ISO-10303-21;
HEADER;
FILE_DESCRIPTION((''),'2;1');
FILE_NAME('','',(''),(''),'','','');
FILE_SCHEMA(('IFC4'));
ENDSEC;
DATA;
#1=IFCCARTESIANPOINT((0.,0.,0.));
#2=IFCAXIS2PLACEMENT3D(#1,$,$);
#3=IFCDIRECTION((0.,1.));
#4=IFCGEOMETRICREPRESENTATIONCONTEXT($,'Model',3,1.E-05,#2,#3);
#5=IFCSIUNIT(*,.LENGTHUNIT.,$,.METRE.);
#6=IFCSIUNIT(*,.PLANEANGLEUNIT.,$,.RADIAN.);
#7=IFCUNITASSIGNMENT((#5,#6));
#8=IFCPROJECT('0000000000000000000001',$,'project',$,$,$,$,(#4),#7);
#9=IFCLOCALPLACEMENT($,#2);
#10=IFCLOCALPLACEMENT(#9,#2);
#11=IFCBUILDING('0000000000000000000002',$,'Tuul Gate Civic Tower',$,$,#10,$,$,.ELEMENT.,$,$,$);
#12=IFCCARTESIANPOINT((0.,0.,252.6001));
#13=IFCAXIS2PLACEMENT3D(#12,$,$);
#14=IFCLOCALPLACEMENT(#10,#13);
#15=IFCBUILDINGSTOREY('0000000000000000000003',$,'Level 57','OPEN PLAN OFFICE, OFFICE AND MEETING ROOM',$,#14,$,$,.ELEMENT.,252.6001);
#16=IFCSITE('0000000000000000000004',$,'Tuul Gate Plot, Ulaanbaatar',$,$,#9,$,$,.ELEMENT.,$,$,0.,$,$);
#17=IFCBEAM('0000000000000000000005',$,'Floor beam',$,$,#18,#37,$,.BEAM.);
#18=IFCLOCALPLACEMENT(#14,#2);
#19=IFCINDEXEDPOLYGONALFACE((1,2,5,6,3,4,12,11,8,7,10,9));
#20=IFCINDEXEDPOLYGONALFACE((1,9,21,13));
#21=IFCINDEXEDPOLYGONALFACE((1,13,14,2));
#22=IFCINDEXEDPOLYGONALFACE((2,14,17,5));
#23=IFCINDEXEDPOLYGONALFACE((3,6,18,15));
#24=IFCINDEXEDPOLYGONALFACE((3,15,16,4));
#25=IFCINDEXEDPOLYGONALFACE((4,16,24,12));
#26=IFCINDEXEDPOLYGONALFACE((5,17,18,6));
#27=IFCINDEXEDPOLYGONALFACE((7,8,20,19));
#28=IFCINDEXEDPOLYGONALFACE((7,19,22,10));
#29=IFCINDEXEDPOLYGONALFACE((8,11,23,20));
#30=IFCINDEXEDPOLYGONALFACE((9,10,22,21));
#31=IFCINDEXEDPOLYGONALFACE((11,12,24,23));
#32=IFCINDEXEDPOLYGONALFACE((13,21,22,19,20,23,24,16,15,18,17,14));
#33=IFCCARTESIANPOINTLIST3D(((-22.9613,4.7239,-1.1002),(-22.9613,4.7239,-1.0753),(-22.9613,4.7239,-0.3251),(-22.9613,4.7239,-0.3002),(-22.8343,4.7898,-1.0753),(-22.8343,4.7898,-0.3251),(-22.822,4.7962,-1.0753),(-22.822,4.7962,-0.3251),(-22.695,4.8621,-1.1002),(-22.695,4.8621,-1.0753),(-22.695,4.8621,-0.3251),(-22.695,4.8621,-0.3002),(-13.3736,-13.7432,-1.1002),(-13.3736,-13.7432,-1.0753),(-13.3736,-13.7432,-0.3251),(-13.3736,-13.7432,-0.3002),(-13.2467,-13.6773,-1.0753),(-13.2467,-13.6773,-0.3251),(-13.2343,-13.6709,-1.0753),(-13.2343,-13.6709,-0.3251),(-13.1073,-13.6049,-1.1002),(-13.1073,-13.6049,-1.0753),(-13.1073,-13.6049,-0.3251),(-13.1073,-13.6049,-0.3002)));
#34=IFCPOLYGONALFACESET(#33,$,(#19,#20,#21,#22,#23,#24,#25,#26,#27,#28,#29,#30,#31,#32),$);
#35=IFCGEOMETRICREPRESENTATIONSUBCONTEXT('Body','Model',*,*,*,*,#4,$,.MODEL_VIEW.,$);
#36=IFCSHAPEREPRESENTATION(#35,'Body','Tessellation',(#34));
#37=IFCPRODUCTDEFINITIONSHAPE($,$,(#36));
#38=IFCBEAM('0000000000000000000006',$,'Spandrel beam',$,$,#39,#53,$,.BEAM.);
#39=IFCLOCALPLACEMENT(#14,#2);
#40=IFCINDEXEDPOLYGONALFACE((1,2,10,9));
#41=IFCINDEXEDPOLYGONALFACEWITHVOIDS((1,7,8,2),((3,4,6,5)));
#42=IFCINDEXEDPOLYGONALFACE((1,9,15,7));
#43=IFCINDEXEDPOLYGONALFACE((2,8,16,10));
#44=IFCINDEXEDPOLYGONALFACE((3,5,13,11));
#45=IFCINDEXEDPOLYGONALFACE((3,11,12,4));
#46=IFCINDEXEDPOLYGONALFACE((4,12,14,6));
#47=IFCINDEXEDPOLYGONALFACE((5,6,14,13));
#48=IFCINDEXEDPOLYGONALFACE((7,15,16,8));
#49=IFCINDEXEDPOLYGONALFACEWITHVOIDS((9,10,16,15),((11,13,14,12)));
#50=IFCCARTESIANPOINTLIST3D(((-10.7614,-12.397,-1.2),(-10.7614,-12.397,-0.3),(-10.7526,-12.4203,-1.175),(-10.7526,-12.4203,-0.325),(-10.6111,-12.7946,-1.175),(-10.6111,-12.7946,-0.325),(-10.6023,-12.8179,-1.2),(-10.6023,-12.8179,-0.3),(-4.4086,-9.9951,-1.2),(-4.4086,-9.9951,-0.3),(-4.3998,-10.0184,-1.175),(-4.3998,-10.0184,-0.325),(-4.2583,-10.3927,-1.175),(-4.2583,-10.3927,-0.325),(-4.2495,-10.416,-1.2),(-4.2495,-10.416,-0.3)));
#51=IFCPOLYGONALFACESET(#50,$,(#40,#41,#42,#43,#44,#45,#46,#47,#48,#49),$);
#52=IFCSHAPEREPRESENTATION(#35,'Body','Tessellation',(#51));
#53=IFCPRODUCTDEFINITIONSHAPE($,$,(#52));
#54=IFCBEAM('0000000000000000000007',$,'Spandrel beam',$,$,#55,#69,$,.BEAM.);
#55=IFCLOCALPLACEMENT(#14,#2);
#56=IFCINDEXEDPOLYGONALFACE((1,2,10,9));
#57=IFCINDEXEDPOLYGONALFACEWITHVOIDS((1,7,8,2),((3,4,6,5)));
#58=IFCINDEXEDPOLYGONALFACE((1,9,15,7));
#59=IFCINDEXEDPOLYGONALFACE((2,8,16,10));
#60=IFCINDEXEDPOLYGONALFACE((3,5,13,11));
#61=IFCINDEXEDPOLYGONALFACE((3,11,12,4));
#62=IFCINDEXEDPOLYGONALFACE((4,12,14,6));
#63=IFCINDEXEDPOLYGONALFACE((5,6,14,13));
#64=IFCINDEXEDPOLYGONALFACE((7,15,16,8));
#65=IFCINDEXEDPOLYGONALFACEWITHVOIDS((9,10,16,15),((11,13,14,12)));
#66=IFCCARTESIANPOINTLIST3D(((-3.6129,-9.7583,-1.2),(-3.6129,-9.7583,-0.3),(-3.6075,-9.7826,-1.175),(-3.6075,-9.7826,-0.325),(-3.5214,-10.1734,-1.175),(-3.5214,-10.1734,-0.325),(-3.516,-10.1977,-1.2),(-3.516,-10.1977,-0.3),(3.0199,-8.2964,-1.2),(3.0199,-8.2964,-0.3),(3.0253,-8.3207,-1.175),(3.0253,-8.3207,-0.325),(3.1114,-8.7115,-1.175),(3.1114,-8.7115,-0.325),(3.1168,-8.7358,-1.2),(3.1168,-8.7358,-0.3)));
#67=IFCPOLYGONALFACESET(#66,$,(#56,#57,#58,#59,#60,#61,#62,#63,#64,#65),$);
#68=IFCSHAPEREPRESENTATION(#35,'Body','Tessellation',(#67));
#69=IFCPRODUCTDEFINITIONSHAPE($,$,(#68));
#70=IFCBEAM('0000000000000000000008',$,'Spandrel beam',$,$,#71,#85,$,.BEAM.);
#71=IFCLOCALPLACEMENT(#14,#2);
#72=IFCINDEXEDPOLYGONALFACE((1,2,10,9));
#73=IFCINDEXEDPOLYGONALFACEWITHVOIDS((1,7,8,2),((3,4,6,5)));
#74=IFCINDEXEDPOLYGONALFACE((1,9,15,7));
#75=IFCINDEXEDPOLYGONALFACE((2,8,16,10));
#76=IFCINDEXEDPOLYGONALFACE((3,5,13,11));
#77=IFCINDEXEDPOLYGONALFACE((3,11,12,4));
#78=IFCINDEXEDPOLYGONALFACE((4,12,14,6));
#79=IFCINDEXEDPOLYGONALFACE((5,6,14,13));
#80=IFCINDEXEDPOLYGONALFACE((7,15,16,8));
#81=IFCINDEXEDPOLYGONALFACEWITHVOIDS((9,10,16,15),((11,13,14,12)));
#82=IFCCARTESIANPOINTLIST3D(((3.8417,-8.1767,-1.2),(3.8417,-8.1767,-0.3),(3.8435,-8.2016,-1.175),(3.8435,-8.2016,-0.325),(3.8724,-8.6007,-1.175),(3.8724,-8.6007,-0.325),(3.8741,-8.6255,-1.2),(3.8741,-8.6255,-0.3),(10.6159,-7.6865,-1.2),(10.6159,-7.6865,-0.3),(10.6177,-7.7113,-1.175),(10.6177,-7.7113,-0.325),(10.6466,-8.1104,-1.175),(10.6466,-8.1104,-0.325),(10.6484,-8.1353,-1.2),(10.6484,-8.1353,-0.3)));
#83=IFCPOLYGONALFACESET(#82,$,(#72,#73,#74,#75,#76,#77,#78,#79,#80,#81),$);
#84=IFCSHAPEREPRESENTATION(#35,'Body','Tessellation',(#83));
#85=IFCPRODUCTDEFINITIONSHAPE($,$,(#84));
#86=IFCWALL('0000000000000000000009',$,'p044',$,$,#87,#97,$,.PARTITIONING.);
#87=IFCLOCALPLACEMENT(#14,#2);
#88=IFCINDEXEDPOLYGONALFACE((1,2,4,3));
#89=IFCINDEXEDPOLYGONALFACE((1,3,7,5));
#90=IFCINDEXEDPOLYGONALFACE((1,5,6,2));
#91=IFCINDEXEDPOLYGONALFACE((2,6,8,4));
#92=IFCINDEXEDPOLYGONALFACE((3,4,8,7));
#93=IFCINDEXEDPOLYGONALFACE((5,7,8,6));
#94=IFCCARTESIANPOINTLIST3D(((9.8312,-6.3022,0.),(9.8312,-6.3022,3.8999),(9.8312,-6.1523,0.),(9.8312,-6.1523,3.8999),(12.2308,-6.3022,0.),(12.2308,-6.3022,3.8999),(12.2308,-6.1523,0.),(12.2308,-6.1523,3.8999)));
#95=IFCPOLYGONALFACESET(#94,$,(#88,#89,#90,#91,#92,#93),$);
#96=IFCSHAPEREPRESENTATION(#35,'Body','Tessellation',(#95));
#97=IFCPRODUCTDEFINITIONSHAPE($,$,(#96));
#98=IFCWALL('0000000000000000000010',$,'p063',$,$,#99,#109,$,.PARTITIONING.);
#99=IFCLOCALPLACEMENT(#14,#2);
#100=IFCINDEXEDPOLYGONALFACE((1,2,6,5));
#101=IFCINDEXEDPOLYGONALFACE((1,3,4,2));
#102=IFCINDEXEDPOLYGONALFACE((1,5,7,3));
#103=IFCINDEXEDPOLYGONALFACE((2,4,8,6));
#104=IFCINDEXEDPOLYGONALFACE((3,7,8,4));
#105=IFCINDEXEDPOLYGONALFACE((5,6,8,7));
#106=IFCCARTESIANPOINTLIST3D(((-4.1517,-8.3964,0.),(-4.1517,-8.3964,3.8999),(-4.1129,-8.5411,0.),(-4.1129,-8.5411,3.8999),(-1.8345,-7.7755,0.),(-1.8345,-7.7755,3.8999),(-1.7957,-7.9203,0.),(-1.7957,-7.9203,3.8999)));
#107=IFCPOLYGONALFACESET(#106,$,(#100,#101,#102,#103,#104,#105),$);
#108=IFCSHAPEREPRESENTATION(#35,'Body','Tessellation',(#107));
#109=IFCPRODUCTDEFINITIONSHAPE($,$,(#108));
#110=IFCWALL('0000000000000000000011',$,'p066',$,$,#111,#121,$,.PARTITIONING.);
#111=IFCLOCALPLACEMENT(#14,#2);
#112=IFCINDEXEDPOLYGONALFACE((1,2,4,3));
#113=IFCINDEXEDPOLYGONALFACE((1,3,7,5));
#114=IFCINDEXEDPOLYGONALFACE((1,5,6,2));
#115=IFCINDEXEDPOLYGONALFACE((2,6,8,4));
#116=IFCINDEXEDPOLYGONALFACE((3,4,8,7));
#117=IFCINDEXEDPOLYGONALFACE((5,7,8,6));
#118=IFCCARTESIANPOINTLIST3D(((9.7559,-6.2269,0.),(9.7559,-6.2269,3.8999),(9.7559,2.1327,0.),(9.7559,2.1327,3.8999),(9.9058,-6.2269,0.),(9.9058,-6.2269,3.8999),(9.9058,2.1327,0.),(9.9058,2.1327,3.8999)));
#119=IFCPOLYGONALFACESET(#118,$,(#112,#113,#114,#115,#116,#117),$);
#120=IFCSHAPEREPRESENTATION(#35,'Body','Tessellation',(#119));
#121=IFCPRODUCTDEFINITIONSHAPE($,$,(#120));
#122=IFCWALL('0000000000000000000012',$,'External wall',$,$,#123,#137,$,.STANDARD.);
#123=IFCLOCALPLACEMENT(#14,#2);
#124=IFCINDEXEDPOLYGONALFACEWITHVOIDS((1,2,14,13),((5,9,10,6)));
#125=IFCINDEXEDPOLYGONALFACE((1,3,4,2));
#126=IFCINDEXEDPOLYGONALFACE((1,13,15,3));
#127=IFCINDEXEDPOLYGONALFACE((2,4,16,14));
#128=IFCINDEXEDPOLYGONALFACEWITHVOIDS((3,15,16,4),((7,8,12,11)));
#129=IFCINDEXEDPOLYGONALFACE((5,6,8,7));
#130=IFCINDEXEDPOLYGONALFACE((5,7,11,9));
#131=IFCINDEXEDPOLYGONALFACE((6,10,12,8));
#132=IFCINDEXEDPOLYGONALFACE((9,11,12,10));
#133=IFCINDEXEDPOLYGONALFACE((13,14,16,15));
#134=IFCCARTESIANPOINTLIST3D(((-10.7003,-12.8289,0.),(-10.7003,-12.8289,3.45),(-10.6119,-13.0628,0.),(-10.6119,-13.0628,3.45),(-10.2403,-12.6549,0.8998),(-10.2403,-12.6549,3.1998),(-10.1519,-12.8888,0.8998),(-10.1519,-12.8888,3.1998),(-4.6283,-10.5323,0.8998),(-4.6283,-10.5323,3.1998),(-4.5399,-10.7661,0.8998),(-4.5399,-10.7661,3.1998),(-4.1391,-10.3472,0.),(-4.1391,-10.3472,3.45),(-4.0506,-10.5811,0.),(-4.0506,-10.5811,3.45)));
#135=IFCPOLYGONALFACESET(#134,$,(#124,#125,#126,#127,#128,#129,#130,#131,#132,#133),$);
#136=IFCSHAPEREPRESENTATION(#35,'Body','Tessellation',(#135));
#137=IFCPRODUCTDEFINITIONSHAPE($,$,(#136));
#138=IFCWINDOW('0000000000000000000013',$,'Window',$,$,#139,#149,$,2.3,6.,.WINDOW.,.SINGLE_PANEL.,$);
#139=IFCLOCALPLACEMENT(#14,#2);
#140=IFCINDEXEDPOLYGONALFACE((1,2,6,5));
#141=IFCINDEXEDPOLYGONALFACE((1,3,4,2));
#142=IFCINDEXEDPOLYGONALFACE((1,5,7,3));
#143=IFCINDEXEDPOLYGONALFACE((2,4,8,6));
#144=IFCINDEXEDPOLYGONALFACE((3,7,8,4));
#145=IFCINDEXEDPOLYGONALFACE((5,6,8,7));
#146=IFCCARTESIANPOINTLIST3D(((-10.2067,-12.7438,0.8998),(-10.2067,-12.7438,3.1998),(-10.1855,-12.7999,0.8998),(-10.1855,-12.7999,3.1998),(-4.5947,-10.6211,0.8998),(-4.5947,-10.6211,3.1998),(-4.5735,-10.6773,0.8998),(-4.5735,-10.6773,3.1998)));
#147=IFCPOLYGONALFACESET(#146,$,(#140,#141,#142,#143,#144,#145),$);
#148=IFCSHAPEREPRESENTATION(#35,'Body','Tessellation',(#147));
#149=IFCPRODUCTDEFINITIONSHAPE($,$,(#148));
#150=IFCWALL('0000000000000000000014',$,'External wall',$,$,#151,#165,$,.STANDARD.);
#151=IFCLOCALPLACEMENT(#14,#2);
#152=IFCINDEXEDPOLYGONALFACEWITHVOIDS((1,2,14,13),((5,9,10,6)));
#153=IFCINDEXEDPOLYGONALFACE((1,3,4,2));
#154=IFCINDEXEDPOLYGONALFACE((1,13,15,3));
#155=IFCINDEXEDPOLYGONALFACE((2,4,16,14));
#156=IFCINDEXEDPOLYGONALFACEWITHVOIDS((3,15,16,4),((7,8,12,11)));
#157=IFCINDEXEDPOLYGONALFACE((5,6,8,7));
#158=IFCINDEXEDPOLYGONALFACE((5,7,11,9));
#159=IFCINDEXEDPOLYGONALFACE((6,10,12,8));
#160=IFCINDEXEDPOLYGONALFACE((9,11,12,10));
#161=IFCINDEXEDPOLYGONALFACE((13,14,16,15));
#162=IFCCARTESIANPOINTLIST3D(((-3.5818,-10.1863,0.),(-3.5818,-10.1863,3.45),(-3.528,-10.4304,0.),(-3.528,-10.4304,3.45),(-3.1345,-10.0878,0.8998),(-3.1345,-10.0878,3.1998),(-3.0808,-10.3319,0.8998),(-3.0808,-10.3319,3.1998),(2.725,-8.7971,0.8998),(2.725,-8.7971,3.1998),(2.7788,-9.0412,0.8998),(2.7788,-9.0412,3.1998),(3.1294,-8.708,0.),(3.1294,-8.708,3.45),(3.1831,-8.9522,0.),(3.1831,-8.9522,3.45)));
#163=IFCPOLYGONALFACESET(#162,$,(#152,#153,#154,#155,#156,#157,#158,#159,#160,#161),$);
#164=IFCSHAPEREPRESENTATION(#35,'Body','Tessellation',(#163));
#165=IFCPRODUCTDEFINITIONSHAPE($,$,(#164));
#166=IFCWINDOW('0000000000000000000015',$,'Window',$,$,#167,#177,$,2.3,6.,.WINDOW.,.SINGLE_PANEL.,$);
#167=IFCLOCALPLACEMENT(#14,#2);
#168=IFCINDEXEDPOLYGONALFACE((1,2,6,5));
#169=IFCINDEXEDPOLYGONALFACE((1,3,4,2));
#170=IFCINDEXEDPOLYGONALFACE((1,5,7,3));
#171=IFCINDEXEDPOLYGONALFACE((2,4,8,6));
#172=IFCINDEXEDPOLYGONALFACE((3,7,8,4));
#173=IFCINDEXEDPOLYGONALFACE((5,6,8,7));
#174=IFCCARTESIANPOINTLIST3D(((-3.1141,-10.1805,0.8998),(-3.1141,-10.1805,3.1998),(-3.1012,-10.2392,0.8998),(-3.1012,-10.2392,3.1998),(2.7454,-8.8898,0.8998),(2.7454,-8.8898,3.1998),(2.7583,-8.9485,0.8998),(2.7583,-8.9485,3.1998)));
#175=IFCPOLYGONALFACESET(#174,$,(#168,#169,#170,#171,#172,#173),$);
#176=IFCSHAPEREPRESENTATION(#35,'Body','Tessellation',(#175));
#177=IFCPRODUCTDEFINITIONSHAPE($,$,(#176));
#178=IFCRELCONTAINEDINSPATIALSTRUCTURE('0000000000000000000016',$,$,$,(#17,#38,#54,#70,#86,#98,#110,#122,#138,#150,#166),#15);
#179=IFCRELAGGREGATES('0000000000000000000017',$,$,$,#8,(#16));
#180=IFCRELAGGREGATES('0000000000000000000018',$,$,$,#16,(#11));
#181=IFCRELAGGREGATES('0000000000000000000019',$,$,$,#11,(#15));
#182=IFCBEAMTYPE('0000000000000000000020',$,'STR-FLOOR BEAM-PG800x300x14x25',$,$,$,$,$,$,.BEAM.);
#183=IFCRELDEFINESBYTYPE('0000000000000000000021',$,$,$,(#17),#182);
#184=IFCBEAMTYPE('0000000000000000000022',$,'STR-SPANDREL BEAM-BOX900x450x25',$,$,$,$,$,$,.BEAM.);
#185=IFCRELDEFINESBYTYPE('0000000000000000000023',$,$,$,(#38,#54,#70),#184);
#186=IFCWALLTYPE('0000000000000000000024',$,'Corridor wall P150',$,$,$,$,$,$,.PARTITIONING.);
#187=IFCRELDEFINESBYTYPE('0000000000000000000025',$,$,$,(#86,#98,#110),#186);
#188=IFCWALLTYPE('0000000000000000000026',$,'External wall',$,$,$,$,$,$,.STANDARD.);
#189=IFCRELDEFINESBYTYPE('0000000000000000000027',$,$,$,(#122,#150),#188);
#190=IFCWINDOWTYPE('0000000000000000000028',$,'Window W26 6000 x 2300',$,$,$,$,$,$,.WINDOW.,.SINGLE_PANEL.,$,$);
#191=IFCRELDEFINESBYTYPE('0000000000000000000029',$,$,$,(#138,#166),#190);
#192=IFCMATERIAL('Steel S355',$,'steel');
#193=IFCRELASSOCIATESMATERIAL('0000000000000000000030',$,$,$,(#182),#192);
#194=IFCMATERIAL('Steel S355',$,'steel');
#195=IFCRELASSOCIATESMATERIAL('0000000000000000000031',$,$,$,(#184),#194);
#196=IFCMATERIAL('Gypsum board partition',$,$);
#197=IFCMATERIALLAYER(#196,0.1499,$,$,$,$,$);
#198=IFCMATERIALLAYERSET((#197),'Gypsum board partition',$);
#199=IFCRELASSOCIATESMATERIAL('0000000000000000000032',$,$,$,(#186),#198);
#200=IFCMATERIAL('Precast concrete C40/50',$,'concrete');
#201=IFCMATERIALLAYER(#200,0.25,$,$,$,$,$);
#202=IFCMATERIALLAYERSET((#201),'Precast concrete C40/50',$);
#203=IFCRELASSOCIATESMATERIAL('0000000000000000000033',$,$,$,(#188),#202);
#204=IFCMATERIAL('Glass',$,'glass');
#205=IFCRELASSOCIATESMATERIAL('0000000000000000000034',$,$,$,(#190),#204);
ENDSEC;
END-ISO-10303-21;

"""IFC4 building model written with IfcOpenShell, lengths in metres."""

from ifc_helpers import new_model, si_unit, direction, frame, frame_2d, origin, origin_2d, place, context, subcontext, project, spatial, rectangle, hollow_rectangle, i_section, extrude, material, layer, layer_set, material_profile, profile_set, type_object, element, fill, save


model = new_model("IFC4")

# Units and contexts
model_context = context("Model", 3, precision=1e-05, world=origin(), true_north=direction((0.0, 1.0)))
body_context = subcontext(model_context, "Body", "Model", "MODEL_VIEW")
ifc_project = project(units=[si_unit("LENGTHUNIT", "METRE"), si_unit("PLANEANGLEUNIT", "RADIAN")], contexts=[model_context])

# Site, building, storey
site_placement = place(None, origin())
site = spatial("IfcSite", under=ifc_project, at=site_placement, Name="Tuul Gate Plot, Ulaanbaatar", CompositionType="ELEMENT", RefElevation=0.0)
building_placement = place(site_placement, origin())
building = spatial("IfcBuilding", under=site, at=building_placement, Name="Tuul Gate Civic Tower", CompositionType="ELEMENT")
storey_placement = place(building_placement, frame((0.0, 0.0, 252.6001)))
storey = spatial("IfcBuildingStorey", under=building, at=storey_placement, Name="Level 57", Description="OPEN PLAN OFFICE, OFFICE AND MEETING ROOM", CompositionType="ELEMENT", Elevation=252.6001)

# Beams
ifc_material_1 = material(Name="Steel S355", Category="steel")
ifc_material_profile_1 = material_profile(ifc_material_1, i_section(OverallWidth=0.3, OverallDepth=0.8, WebThickness=0.0139, FlangeThickness=0.0249, at=origin_2d()), Name="PG800x300x14x25")
ifc_profile_set_1 = profile_set([ifc_material_profile_1], Name="Steel S355")
beam_type_1 = type_object("IfcBeamType", Name="STR-FLOOR BEAM-PG800x300x14x25", PredefinedType="BEAM", material=ifc_profile_set_1)
beam_1_placement = place(storey_placement, frame((-13.2405, -13.6741, -0.7002), z_axis=(-0.460777, 0.887516, 0.0), x_axis=(-0.887516, -0.460777, 0.0)))
element("IfcBeam", 1, at=beam_1_placement, inside=storey, type_object=beam_type_1, Name="Floor beam", PredefinedType="BEAM", context=body_context, shape_type="SweptSolid", body=[
    extrude(i_section(OverallWidth=0.3, OverallDepth=0.8, WebThickness=0.0139, FlangeThickness=0.0249, at=origin_2d()), origin(), (0.0, 0.0, 1.0), 20.8076),
])
ifc_material_2 = material(Name="Steel S355", Category="steel")
ifc_material_profile_2 = material_profile(ifc_material_2, hollow_rectangle(XDim=0.45, YDim=0.8999, WallThickness=0.0249, at=origin_2d()), Name="BOX900x450x25")
ifc_profile_set_2 = profile_set([ifc_material_profile_2], Name="Steel S355")
beam_type_2 = type_object("IfcBeamType", Name="STR-SPANDREL BEAM-BOX900x450x25", PredefinedType="BEAM", material=ifc_profile_set_2)
beam_2_placement = place(storey_placement, frame((-10.6819, -12.6074, -0.75), z_axis=(0.935379, 0.353647, 0.0), x_axis=(-0.353647, 0.935379, 0.0)))
element("IfcBeam", 2, at=beam_2_placement, inside=storey, type_object=beam_type_2, Name="Spandrel beam", PredefinedType="BEAM", context=body_context, shape_type="SweptSolid", body=[
    extrude(hollow_rectangle(XDim=0.45, YDim=0.8999, WallThickness=0.0249, at=origin_2d()), origin(), (0.0, 0.0, 1.0), 6.7917),
])
for number, where, z_axis, x_axis, name in (
    (3, (-3.5645, -9.978, -0.75), (0.976561, 0.21524, 0.0), (-0.21524, 0.976561, 0.0), "Spandrel beam"),
    (4, (3.8579, -8.4011, -0.75), (0.997392, 0.072179, 0.0), (-0.072179, 0.997392, 0.0), "Spandrel beam"),
):
    element("IfcBeam", number, at=place(storey_placement, frame(where, z_axis=z_axis, x_axis=x_axis)), inside=storey, type_object=beam_type_2, Name=name, PredefinedType="BEAM", context=body_context, shape_type="SweptSolid", body=[
        extrude(hollow_rectangle(XDim=0.45, YDim=0.8999, WallThickness=0.0249, at=origin_2d()), origin(), (0.0, 0.0, 1.0), 6.792),
    ])

# Walls
ifc_material_3 = material(Name="Gypsum board partition")
ifc_layer_1 = layer(ifc_material_3, 0.1499)
ifc_layer_set_1 = layer_set([ifc_layer_1], Name="Gypsum board partition")
wall_type_1 = type_object("IfcWallType", Name="Corridor wall P150", PredefinedType="PARTITIONING", material=ifc_layer_set_1)
wall_1_placement = place(storey_placement, frame((9.8313, -6.2273, 0.0), z_axis=(0.0, 0.0, 1.0), x_axis=(1.0, 0.0, 0.0)))
element("IfcWall", 5, at=wall_1_placement, inside=storey, type_object=wall_type_1, Name="p044", PredefinedType="PARTITIONING", context=body_context, shape_type="SweptSolid", body=[
    extrude(rectangle(XDim=2.3997, YDim=0.1499, at=frame_2d((1.1997, 0.0))), origin(), (0.0, 0.0, 1.0), 3.8999),
])
wall_2_placement = place(storey_placement, frame((-4.1323, -8.4688, 0.0), z_axis=(0.0, 0.0, 1.0), x_axis=(0.965929, 0.258809, 0.0)))
element("IfcWall", 6, at=wall_2_placement, inside=storey, type_object=wall_type_1, Name="p063", PredefinedType="PARTITIONING", context=body_context, shape_type="SweptSolid", body=[
    extrude(rectangle(XDim=2.3989, YDim=0.1499, at=frame_2d((1.1995, 0.0))), origin(), (0.0, 0.0, 1.0), 3.8999),
])
wall_3_placement = place(storey_placement, frame((9.8308, -6.2268, 0.0), z_axis=(0.0, 0.0, 1.0), x_axis=(0.0, 1.0, 0.0)))
element("IfcWall", 7, at=wall_3_placement, inside=storey, type_object=wall_type_1, Name="p066", PredefinedType="PARTITIONING", context=body_context, shape_type="SweptSolid", body=[
    extrude(rectangle(XDim=8.3596, YDim=0.1499, at=frame_2d((4.1797, 0.0))), origin(), (0.0, 0.0, 1.0), 3.8999),
])

# Walls, openings, windows
ifc_material_4 = material(Name="Precast concrete C40/50", Category="concrete")
ifc_layer_2 = layer(ifc_material_4, 0.25)
ifc_layer_set_2 = layer_set([ifc_layer_2], Name="Precast concrete C40/50")
wall_type_2 = type_object("IfcWallType", Name="External wall", PredefinedType="STANDARD", material=ifc_layer_set_2)
wall_4_placement = place(storey_placement, frame((-10.656, -12.9458, 0.0), z_axis=(0.0, 0.0, 1.0), x_axis=(0.935331, 0.353773, 0.0)))
wall_4 = element("IfcWall", 8, at=wall_4_placement, inside=storey, type_object=wall_type_2, Name="External wall", PredefinedType="STANDARD", context=body_context, shape_type="SweptSolid", body=[
    extrude(rectangle(XDim=7.0149, YDim=0.25, at=frame_2d((3.5073, 0.0))), origin(), (0.0, 0.0, 1.0), 3.45),
])
opening_1_placement = place(wall_4_placement, frame((0.4917, 0.0, 0.8999)))
opening_1 = element("IfcOpeningElement", 9, at=opening_1_placement, cuts=wall_4, PredefinedType="OPENING", context=body_context, shape_type="SweptSolid", body=[
    extrude(rectangle(XDim=6.0, YDim=2.3, at=frame_2d((3.0, 1.1499))), frame((0.0, 0.135, 0.0), z_axis=(0.0, -1.0, 0.0), x_axis=(1.0, 0.0, 0.0)), (0.0, 0.0, 1.0), 0.27),
])
ifc_material_5 = material(Name="Glass", Category="glass")
window_type = type_object("IfcWindowType", Name="Window W26 6000 x 2300", PartitioningType="SINGLE_PANEL", PredefinedType="WINDOW", material=ifc_material_5)
window_1_placement = place(opening_1_placement, origin())
window_1 = element("IfcWindow", 10, at=window_1_placement, inside=storey, type_object=window_type, Name="Window", OverallHeight=2.3, OverallWidth=6.0, PartitioningType="SINGLE_PANEL", PredefinedType="WINDOW", context=body_context, shape_type="SweptSolid", body=[
    extrude(rectangle(XDim=6.0, YDim=2.3, at=frame_2d((3.0, 1.1499))), frame((0.0, 0.03, 0.0), z_axis=(0.0, -1.0, 0.0), x_axis=(1.0, 0.0, 0.0)), (0.0, 0.0, 1.0), 0.0601),
])
fill(opening_1, window_1)
wall_5_placement = place(storey_placement, frame((-3.5549, -10.3083, 0.0), z_axis=(0.0, 0.0, 1.0), x_axis=(0.976589, 0.215113, 0.0)))
wall_5 = element("IfcWall", 11, at=wall_5_placement, inside=storey, type_object=wall_type_2, Name="External wall", PredefinedType="STANDARD", context=body_context, shape_type="SweptSolid", body=[
    extrude(rectangle(XDim=6.8721, YDim=0.25, at=frame_2d((3.436, 0.0))), origin(), (0.0, 0.0, 1.0), 3.45),
])
opening_2_placement = place(wall_5_placement, frame((0.458, 0.0, 0.8999)))
opening_2 = element("IfcOpeningElement", 12, at=opening_2_placement, cuts=wall_5, PredefinedType="OPENING", context=body_context, shape_type="SweptSolid", body=[
    extrude(rectangle(XDim=6.0, YDim=2.3, at=frame_2d((3.0, 1.1499))), frame((0.0, 0.135, 0.0), z_axis=(0.0, -1.0, 0.0), x_axis=(1.0, 0.0, 0.0)), (0.0, 0.0, 1.0), 0.27),
])
window_2_placement = place(opening_2_placement, origin())
window_2 = element("IfcWindow", 13, at=window_2_placement, inside=storey, type_object=window_type, Name="Window", OverallHeight=2.3, OverallWidth=6.0, PartitioningType="SINGLE_PANEL", PredefinedType="WINDOW", context=body_context, shape_type="SweptSolid", body=[
    extrude(rectangle(XDim=6.0, YDim=2.3, at=frame_2d((3.0, 1.1499))), frame((0.0, 0.03, 0.0), z_axis=(0.0, -1.0, 0.0), x_axis=(1.0, 0.0, 0.0)), (0.0, 0.0, 1.0), 0.0601),
])
fill(opening_2, window_2)

save(model, "model.ifc")
